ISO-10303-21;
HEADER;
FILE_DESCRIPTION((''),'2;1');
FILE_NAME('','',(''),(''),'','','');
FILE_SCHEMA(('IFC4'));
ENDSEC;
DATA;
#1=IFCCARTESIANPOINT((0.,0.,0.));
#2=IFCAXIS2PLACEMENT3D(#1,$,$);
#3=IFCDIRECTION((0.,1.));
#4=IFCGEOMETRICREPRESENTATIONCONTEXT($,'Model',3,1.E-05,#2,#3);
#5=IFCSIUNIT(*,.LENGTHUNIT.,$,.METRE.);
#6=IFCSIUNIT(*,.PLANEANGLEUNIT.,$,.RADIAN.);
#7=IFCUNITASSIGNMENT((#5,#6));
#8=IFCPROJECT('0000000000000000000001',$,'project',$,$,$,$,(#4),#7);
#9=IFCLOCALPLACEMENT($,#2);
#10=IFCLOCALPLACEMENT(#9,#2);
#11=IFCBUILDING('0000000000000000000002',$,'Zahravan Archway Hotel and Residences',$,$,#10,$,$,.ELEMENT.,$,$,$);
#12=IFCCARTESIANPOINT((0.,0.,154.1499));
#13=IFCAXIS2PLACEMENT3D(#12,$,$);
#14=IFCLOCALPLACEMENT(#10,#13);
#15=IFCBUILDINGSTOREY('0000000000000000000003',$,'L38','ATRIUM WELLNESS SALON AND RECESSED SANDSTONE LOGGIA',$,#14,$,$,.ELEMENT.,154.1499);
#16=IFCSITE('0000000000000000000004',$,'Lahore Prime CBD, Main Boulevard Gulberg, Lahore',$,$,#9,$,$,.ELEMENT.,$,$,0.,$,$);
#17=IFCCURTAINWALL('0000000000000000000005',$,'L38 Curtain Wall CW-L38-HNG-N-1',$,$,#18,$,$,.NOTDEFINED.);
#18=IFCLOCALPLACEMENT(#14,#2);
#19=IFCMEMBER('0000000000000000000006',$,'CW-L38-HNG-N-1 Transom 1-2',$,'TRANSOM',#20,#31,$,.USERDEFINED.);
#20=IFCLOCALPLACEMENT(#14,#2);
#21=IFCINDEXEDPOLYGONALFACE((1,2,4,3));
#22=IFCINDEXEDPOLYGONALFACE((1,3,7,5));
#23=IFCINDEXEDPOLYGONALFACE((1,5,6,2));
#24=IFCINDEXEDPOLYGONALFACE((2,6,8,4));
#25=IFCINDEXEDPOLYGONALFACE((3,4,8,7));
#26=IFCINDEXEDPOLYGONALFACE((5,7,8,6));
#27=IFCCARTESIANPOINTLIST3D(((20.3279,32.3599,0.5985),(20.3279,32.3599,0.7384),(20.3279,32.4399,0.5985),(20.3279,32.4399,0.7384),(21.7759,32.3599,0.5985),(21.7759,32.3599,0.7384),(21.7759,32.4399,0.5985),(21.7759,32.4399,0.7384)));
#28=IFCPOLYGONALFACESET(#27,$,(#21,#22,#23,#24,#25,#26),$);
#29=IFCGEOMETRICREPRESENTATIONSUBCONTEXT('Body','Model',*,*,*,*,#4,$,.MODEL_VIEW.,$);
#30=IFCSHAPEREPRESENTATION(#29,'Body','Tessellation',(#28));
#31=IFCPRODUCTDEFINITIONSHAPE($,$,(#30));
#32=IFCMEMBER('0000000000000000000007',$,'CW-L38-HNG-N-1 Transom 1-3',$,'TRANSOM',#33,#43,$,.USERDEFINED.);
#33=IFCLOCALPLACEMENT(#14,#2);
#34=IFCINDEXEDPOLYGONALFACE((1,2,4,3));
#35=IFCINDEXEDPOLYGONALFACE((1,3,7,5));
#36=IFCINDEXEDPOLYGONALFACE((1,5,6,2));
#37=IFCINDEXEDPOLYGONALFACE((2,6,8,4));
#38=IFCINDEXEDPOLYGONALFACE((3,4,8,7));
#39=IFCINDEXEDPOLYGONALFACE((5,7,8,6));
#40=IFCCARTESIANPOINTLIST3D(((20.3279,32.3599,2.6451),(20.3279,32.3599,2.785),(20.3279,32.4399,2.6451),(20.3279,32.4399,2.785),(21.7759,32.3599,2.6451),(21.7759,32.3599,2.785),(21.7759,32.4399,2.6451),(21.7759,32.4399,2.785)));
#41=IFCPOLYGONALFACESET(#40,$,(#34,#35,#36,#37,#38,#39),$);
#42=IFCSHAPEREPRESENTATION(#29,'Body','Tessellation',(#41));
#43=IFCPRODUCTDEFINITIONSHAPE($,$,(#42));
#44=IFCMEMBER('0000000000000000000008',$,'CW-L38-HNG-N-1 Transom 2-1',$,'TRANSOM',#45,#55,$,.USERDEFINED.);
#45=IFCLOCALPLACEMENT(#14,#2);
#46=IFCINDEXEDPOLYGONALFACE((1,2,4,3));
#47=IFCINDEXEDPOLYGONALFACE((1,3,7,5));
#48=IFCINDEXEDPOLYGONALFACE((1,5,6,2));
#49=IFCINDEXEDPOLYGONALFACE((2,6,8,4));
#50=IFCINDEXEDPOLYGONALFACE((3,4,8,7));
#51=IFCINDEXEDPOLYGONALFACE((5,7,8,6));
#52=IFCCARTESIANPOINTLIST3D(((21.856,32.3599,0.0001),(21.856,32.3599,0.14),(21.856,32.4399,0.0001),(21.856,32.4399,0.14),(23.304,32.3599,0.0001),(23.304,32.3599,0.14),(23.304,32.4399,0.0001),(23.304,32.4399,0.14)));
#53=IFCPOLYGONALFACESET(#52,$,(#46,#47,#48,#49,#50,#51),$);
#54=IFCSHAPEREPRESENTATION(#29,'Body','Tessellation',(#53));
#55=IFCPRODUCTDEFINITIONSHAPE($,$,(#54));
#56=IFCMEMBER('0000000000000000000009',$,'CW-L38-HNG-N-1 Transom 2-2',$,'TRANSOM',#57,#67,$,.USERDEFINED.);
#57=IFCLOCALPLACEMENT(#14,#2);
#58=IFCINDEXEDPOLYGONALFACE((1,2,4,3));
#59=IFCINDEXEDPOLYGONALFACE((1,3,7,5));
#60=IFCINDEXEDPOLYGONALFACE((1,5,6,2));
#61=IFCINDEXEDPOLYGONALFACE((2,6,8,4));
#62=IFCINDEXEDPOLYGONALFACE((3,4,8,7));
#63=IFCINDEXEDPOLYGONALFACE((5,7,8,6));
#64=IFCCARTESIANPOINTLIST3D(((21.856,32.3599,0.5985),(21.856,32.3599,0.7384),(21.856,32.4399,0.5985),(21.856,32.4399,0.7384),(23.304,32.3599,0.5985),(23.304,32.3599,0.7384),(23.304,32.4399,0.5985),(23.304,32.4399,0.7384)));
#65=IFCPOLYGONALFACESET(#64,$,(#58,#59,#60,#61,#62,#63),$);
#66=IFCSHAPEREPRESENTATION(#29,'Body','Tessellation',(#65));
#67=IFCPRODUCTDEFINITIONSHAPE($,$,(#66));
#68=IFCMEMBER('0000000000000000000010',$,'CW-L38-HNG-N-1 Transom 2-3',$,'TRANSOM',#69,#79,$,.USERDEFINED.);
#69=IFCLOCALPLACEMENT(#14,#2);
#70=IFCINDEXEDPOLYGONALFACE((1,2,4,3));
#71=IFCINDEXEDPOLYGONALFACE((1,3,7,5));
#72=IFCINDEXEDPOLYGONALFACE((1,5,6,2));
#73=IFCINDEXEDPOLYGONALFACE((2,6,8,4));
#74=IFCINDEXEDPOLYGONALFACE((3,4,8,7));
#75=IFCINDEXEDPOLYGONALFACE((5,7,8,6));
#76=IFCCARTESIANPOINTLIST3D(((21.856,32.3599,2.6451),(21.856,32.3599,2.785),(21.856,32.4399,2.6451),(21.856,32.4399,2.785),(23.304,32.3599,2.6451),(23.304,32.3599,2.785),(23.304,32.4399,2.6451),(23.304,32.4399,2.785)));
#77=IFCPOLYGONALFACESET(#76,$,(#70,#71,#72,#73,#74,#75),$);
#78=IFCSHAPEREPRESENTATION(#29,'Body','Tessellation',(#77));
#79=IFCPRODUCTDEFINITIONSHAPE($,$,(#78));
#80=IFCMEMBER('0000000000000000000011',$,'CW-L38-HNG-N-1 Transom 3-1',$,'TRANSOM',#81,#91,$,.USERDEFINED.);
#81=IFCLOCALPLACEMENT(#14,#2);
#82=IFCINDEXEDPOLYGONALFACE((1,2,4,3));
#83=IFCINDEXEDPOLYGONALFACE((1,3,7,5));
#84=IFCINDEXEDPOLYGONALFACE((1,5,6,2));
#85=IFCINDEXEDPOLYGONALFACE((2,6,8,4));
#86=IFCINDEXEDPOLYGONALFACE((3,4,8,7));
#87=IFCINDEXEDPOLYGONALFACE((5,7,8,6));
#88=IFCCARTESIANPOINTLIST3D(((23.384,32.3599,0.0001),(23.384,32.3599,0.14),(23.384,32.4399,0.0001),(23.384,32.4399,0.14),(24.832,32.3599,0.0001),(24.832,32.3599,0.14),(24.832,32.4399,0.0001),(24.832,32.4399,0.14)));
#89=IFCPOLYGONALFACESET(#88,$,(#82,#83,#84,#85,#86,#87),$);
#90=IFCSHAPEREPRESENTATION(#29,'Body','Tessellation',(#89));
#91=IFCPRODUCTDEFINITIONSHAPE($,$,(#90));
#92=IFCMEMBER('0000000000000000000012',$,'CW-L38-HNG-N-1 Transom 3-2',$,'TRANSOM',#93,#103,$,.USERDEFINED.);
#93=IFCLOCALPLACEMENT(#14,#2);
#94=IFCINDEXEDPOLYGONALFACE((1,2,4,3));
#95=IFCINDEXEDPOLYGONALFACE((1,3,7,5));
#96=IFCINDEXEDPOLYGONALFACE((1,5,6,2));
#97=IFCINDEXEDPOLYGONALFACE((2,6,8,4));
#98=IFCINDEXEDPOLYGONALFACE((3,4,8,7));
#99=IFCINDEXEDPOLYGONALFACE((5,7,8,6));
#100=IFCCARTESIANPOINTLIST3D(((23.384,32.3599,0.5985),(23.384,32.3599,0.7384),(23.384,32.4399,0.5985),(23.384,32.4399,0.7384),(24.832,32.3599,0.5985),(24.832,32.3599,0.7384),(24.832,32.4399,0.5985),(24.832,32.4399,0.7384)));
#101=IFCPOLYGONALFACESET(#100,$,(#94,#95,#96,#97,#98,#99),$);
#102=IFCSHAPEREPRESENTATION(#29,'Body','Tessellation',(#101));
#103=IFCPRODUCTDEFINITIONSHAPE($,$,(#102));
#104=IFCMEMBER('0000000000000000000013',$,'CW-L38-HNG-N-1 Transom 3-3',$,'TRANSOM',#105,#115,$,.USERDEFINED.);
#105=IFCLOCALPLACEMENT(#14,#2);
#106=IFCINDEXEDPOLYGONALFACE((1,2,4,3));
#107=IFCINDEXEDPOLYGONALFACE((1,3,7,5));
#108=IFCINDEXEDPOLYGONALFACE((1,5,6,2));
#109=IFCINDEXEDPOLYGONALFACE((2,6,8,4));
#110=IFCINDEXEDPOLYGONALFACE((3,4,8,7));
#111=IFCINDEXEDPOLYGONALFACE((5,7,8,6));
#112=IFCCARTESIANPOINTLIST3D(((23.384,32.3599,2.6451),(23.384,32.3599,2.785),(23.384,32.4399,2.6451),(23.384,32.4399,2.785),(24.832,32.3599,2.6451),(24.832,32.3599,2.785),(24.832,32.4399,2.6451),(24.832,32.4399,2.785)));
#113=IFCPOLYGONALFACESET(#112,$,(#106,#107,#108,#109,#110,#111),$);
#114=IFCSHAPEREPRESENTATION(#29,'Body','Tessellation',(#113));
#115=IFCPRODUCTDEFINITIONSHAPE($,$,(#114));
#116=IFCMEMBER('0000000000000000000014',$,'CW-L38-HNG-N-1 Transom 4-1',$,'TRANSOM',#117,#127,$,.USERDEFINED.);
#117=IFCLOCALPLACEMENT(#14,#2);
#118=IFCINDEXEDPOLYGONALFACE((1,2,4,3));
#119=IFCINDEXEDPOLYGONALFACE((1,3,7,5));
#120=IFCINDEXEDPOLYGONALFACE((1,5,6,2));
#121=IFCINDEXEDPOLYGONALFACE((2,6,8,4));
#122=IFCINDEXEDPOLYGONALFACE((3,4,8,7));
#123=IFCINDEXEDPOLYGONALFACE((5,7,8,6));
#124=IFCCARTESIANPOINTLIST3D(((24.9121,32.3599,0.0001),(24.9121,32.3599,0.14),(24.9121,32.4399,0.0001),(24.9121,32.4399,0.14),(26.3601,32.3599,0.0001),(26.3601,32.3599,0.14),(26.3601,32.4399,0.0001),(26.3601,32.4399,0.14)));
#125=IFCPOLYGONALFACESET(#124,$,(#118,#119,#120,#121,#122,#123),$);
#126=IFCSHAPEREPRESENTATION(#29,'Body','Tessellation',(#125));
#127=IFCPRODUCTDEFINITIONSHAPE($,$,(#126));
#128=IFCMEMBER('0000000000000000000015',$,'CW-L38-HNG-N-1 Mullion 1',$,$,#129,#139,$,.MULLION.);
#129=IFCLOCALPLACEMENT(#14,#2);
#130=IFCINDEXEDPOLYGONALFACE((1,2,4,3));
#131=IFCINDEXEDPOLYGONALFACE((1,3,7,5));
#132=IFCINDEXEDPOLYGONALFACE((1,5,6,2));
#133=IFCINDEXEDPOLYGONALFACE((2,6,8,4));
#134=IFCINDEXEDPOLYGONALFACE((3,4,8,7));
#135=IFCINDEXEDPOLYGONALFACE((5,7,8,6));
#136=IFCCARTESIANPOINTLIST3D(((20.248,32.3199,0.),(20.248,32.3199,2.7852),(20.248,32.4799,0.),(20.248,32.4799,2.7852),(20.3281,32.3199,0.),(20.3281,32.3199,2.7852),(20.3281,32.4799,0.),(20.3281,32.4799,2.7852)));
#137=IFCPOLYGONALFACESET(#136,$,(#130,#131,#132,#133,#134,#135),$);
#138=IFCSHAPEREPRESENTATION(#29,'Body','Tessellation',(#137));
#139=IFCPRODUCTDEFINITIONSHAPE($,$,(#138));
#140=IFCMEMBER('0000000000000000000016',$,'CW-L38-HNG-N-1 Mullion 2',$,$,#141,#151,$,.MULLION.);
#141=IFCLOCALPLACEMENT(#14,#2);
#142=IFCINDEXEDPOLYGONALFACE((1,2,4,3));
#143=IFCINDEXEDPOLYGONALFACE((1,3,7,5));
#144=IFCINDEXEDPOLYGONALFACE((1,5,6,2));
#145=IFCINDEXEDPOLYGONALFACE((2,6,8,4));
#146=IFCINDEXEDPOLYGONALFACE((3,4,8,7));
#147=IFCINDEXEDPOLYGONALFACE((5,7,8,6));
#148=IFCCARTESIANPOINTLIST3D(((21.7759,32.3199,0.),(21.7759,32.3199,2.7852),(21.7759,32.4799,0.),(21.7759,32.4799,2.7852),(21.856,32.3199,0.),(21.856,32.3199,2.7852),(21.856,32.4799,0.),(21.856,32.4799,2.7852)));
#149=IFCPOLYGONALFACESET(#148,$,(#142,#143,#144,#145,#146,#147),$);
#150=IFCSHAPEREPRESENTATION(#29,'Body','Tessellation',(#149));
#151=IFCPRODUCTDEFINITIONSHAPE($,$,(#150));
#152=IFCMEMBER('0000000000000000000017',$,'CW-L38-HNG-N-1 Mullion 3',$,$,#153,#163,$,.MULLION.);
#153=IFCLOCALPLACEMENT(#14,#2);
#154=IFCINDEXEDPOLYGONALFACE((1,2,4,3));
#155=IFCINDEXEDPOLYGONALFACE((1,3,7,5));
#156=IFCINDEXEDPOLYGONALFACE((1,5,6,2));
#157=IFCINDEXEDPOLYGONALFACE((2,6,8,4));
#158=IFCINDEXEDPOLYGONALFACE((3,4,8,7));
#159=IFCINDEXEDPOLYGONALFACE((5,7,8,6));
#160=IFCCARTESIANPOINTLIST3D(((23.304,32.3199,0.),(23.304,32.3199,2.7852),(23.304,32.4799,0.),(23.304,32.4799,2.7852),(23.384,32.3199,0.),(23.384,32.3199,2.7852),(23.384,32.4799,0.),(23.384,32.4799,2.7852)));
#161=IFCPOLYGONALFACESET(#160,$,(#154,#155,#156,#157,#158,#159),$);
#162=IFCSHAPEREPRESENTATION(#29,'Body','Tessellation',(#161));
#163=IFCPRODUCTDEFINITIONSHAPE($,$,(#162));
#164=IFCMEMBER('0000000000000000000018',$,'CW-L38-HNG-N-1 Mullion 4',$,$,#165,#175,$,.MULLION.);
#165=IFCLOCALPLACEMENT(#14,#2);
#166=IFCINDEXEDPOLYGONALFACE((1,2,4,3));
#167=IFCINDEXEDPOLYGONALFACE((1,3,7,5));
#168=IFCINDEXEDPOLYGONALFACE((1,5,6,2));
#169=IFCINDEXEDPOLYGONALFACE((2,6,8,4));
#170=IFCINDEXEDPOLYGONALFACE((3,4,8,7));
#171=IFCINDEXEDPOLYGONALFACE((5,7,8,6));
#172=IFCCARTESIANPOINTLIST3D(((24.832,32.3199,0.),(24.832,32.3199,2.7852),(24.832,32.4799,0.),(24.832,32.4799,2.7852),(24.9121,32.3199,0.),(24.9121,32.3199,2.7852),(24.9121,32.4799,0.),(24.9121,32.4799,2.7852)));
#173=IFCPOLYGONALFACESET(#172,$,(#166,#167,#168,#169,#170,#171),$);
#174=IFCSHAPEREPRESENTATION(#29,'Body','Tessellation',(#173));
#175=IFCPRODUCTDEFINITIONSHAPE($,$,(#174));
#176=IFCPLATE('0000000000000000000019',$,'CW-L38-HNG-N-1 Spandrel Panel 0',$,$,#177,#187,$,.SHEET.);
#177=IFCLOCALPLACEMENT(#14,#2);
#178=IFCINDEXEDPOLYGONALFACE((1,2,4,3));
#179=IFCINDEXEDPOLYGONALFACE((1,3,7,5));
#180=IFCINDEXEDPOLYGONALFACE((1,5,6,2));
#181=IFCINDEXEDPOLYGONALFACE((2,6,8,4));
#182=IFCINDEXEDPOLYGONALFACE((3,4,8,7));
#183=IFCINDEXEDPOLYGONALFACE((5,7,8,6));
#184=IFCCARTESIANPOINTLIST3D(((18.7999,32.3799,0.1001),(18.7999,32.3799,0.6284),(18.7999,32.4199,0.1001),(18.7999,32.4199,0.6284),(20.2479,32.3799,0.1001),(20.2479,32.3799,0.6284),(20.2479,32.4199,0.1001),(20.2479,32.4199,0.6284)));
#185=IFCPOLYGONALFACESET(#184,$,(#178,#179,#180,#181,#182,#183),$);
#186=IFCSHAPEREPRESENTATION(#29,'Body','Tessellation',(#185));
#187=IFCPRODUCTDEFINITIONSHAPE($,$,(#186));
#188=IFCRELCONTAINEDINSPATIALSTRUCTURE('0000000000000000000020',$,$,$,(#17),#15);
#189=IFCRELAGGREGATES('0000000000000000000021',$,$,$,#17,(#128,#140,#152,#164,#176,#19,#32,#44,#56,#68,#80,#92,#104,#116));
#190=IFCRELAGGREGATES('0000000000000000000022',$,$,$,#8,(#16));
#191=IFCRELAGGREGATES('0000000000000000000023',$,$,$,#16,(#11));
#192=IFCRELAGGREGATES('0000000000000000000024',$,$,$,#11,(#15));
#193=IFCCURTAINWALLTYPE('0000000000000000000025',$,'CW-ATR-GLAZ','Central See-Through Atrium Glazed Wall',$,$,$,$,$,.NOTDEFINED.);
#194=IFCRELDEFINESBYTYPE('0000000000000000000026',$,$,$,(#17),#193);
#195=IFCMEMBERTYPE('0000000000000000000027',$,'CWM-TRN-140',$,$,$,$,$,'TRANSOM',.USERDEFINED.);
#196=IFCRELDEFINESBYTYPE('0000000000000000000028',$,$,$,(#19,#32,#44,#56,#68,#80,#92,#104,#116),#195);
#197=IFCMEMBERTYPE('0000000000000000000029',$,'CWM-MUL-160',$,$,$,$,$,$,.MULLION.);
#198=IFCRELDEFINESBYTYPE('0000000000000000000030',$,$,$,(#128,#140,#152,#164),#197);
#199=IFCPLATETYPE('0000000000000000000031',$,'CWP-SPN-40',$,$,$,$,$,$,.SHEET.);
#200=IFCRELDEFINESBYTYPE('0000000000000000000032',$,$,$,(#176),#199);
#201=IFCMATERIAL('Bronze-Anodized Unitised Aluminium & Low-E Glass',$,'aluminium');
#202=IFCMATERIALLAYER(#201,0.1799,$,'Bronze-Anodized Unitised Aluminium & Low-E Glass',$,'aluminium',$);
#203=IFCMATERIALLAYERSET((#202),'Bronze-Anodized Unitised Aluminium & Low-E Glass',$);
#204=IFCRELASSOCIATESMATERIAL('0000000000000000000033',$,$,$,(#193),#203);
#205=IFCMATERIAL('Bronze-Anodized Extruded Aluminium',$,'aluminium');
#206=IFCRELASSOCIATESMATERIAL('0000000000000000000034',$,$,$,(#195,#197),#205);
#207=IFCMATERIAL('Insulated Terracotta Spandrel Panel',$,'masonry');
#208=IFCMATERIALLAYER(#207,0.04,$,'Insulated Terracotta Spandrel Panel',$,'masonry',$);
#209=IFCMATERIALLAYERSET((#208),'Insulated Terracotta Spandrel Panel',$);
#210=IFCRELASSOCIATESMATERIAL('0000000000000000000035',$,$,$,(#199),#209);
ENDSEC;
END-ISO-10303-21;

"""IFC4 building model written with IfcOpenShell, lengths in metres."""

from ifc_helpers import new_model, si_unit, direction, frame, origin, origin_2d, place, context, subcontext, project, spatial, rectangle, extrude, source, transform, mapped, material, layer, layer_set, material_profile, profile_set, type_object, element, aggregate, save


model = new_model("IFC4")

# Units and contexts
model_context = context("Model", 3, precision=1e-05, world=origin(), true_north=direction((0.0, 1.0)))
body_context = subcontext(model_context, "Body", "Model", "MODEL_VIEW")
ifc_project = project(units=[si_unit("LENGTHUNIT", "METRE"), si_unit("PLANEANGLEUNIT", "RADIAN")], contexts=[model_context])

# Site, building, storey
site_placement = place(None, origin())
site = spatial("IfcSite", under=ifc_project, at=site_placement, Name="Lahore Prime CBD, Main Boulevard Gulberg, Lahore", CompositionType="ELEMENT", RefElevation=0.0)
building_placement = place(site_placement, origin())
building = spatial("IfcBuilding", under=site, at=building_placement, Name="Zahravan Archway Hotel and Residences", CompositionType="ELEMENT")
storey_placement = place(building_placement, frame((0.0, 0.0, 154.1499)))
storey = spatial("IfcBuildingStorey", under=building, at=storey_placement, Name="L38", Description="ATRIUM WELLNESS SALON AND RECESSED SANDSTONE LOGGIA", CompositionType="ELEMENT", Elevation=154.1499)

# Curtain wall, members, plate
ifc_material_1 = material(Name="Bronze-Anodized Unitised Aluminium & Low-E Glass", Category="aluminium")
ifc_layer_1 = layer(ifc_material_1, 0.1799, Name="Bronze-Anodized Unitised Aluminium & Low-E Glass", Category="aluminium")
ifc_layer_set_1 = layer_set([ifc_layer_1], Name="Bronze-Anodized Unitised Aluminium & Low-E Glass")
curtain_wall_type = type_object("IfcCurtainWallType", Name="CW-ATR-GLAZ", Description="Central See-Through Atrium Glazed Wall", PredefinedType="NOTDEFINED", material=ifc_layer_set_1)
curtain_wall_placement = place(storey_placement, origin())
curtain_wall = element("IfcCurtainWall", 1, at=curtain_wall_placement, inside=storey, type_object=curtain_wall_type, Name="L38 Curtain Wall CW-L38-HNG-N-1", PredefinedType="NOTDEFINED")
ifc_material_2 = material(Name="Bronze-Anodized Extruded Aluminium", Category="aluminium")
ifc_material_profile_1 = material_profile(ifc_material_2, rectangle(XDim=0.0801, YDim=0.1399, at=origin_2d()), Name="TRN 80x140", Category="aluminium")
ifc_profile_set_1 = profile_set([ifc_material_profile_1], Name="Bronze-Anodized Extruded Aluminium")
member_type_1 = type_object("IfcMemberType", Name="CWM-TRN-140", ElementType="TRANSOM", PredefinedType="USERDEFINED", material=ifc_profile_set_1)
shared_shape_1 = source(origin(), body_context, "Body", "SweptSolid", [
    extrude(rectangle(XDim=0.0801, YDim=0.1399, at=origin_2d()), origin(), (0.0, 0.0, 1.0), 1.448),
])
member_1_placement = place(storey_placement, frame((20.3279, 32.3999, 0.6685), z_axis=(1.0, 0.0, 0.0), x_axis=(0.0, 1.0, 0.0)))
member_1 = element("IfcMember", 2, at=member_1_placement, type_object=member_type_1, Name="CW-L38-HNG-N-1 Transom 1-2", ObjectType="TRANSOM", PredefinedType="USERDEFINED", context=body_context, shape_type="MappedRepresentation", body=[
    mapped(shared_shape_1, transform((0.0, 0.0, 0.0), scale=1.0)),
])
member_2_placement = place(storey_placement, frame((20.3279, 32.3999, 2.7151), z_axis=(1.0, 0.0, 0.0), x_axis=(0.0, 1.0, 0.0)))
member_2 = element("IfcMember", 3, at=member_2_placement, type_object=member_type_1, Name="CW-L38-HNG-N-1 Transom 1-3", ObjectType="TRANSOM", PredefinedType="USERDEFINED", context=body_context, shape_type="MappedRepresentation", body=[
    mapped(shared_shape_1, transform((0.0, 0.0, 0.0), scale=1.0)),
])
member_3_placement = place(storey_placement, frame((21.856, 32.3999, 0.0701), z_axis=(1.0, 0.0, 0.0), x_axis=(0.0, 1.0, 0.0)))
member_3 = element("IfcMember", 4, at=member_3_placement, type_object=member_type_1, Name="CW-L38-HNG-N-1 Transom 2-1", ObjectType="TRANSOM", PredefinedType="USERDEFINED", context=body_context, shape_type="MappedRepresentation", body=[
    mapped(shared_shape_1, transform((0.0, 0.0, 0.0), scale=1.0)),
])
member_4_placement = place(storey_placement, frame((21.856, 32.3999, 0.6685), z_axis=(1.0, 0.0, 0.0), x_axis=(0.0, 1.0, 0.0)))
member_4 = element("IfcMember", 5, at=member_4_placement, type_object=member_type_1, Name="CW-L38-HNG-N-1 Transom 2-2", ObjectType="TRANSOM", PredefinedType="USERDEFINED", context=body_context, shape_type="MappedRepresentation", body=[
    mapped(shared_shape_1, transform((0.0, 0.0, 0.0), scale=1.0)),
])
member_5_placement = place(storey_placement, frame((21.856, 32.3999, 2.7151), z_axis=(1.0, 0.0, 0.0), x_axis=(0.0, 1.0, 0.0)))
member_5 = element("IfcMember", 6, at=member_5_placement, type_object=member_type_1, Name="CW-L38-HNG-N-1 Transom 2-3", ObjectType="TRANSOM", PredefinedType="USERDEFINED", context=body_context, shape_type="MappedRepresentation", body=[
    mapped(shared_shape_1, transform((0.0, 0.0, 0.0), scale=1.0)),
])
member_6_placement = place(storey_placement, frame((23.384, 32.3999, 0.0701), z_axis=(1.0, 0.0, 0.0), x_axis=(0.0, 1.0, 0.0)))
member_6 = element("IfcMember", 7, at=member_6_placement, type_object=member_type_1, Name="CW-L38-HNG-N-1 Transom 3-1", ObjectType="TRANSOM", PredefinedType="USERDEFINED", context=body_context, shape_type="MappedRepresentation", body=[
    mapped(shared_shape_1, transform((0.0, 0.0, 0.0), scale=1.0)),
])
member_7_placement = place(storey_placement, frame((23.384, 32.3999, 0.6685), z_axis=(1.0, 0.0, 0.0), x_axis=(0.0, 1.0, 0.0)))
member_7 = element("IfcMember", 8, at=member_7_placement, type_object=member_type_1, Name="CW-L38-HNG-N-1 Transom 3-2", ObjectType="TRANSOM", PredefinedType="USERDEFINED", context=body_context, shape_type="MappedRepresentation", body=[
    mapped(shared_shape_1, transform((0.0, 0.0, 0.0), scale=1.0)),
])
member_8_placement = place(storey_placement, frame((23.384, 32.3999, 2.7151), z_axis=(1.0, 0.0, 0.0), x_axis=(0.0, 1.0, 0.0)))
member_8 = element("IfcMember", 9, at=member_8_placement, type_object=member_type_1, Name="CW-L38-HNG-N-1 Transom 3-3", ObjectType="TRANSOM", PredefinedType="USERDEFINED", context=body_context, shape_type="MappedRepresentation", body=[
    mapped(shared_shape_1, transform((0.0, 0.0, 0.0), scale=1.0)),
])
member_9_placement = place(storey_placement, frame((24.9121, 32.3999, 0.0701), z_axis=(1.0, 0.0, 0.0), x_axis=(0.0, 1.0, 0.0)))
member_9 = element("IfcMember", 10, at=member_9_placement, type_object=member_type_1, Name="CW-L38-HNG-N-1 Transom 4-1", ObjectType="TRANSOM", PredefinedType="USERDEFINED", context=body_context, shape_type="MappedRepresentation", body=[
    mapped(shared_shape_1, transform((0.0, 0.0, 0.0), scale=1.0)),
])
ifc_material_profile_2 = material_profile(ifc_material_2, rectangle(XDim=0.0801, YDim=0.1599, at=origin_2d()), Name="MUL 80x160", Category="aluminium")
ifc_profile_set_2 = profile_set([ifc_material_profile_2], Name="Bronze-Anodized Extruded Aluminium")
member_type_2 = type_object("IfcMemberType", Name="CWM-MUL-160", PredefinedType="MULLION", material=ifc_profile_set_2)
shared_shape_2 = source(origin(), body_context, "Body", "SweptSolid", [
    extrude(rectangle(XDim=0.0801, YDim=0.1599, at=origin_2d()), origin(), (0.0, 0.0, 1.0), 2.7852),
])
member_10_placement = place(storey_placement, frame((20.2881, 32.3999, 0.0), z_axis=(0.0, 0.0, 1.0), x_axis=(1.0, 0.0, 0.0)))
member_10 = element("IfcMember", 11, at=member_10_placement, type_object=member_type_2, Name="CW-L38-HNG-N-1 Mullion 1", PredefinedType="MULLION", context=body_context, shape_type="MappedRepresentation", body=[
    mapped(shared_shape_2, transform((0.0, 0.0, 0.0), scale=1.0)),
])
member_11_placement = place(storey_placement, frame((21.8159, 32.3999, 0.0), z_axis=(0.0, 0.0, 1.0), x_axis=(1.0, 0.0, 0.0)))
member_11 = element("IfcMember", 12, at=member_11_placement, type_object=member_type_2, Name="CW-L38-HNG-N-1 Mullion 2", PredefinedType="MULLION", context=body_context, shape_type="MappedRepresentation", body=[
    mapped(shared_shape_2, transform((0.0, 0.0, 0.0), scale=1.0)),
])
member_12_placement = place(storey_placement, frame((23.344, 32.3999, 0.0), z_axis=(0.0, 0.0, 1.0), x_axis=(1.0, 0.0, 0.0)))
member_12 = element("IfcMember", 13, at=member_12_placement, type_object=member_type_2, Name="CW-L38-HNG-N-1 Mullion 3", PredefinedType="MULLION", context=body_context, shape_type="MappedRepresentation", body=[
    mapped(shared_shape_2, transform((0.0, 0.0, 0.0), scale=1.0)),
])
member_13_placement = place(storey_placement, frame((24.8721, 32.3999, 0.0), z_axis=(0.0, 0.0, 1.0), x_axis=(1.0, 0.0, 0.0)))
member_13 = element("IfcMember", 14, at=member_13_placement, type_object=member_type_2, Name="CW-L38-HNG-N-1 Mullion 4", PredefinedType="MULLION", context=body_context, shape_type="MappedRepresentation", body=[
    mapped(shared_shape_2, transform((0.0, 0.0, 0.0), scale=1.0)),
])
ifc_material_3 = material(Name="Insulated Terracotta Spandrel Panel", Category="masonry")
ifc_layer_2 = layer(ifc_material_3, 0.04, Name="Insulated Terracotta Spandrel Panel", Category="masonry")
ifc_layer_set_2 = layer_set([ifc_layer_2], Name="Insulated Terracotta Spandrel Panel")
plate_type_1 = type_object("IfcPlateType", Name="CWP-SPN-40", PredefinedType="SHEET", material=ifc_layer_set_2)
shared_shape_3 = source(origin(), body_context, "Body", "SweptSolid", [
    extrude(rectangle(XDim=1.448, YDim=0.04, at=origin_2d()), origin(), (0.0, 0.0, 1.0), 0.5283),
])
plate_1_placement = place(storey_placement, frame((19.5239, 32.3999, 0.1001), z_axis=(0.0, 0.0, 1.0), x_axis=(1.0, 0.0, 0.0)))
plate_1 = element("IfcPlate", 15, at=plate_1_placement, type_object=plate_type_1, Name="CW-L38-HNG-N-1 Spandrel Panel 0", PredefinedType="SHEET", context=body_context, shape_type="MappedRepresentation", body=[
    mapped(shared_shape_3, transform((0.0, 0.0, 0.0), scale=1.0)),
])
aggregate(curtain_wall, [member_10, member_11, member_12, member_13, plate_1, member_1, member_2, member_3, member_4, member_5, member_6, member_7, member_8, member_9])

save(model, "model.ifc")
